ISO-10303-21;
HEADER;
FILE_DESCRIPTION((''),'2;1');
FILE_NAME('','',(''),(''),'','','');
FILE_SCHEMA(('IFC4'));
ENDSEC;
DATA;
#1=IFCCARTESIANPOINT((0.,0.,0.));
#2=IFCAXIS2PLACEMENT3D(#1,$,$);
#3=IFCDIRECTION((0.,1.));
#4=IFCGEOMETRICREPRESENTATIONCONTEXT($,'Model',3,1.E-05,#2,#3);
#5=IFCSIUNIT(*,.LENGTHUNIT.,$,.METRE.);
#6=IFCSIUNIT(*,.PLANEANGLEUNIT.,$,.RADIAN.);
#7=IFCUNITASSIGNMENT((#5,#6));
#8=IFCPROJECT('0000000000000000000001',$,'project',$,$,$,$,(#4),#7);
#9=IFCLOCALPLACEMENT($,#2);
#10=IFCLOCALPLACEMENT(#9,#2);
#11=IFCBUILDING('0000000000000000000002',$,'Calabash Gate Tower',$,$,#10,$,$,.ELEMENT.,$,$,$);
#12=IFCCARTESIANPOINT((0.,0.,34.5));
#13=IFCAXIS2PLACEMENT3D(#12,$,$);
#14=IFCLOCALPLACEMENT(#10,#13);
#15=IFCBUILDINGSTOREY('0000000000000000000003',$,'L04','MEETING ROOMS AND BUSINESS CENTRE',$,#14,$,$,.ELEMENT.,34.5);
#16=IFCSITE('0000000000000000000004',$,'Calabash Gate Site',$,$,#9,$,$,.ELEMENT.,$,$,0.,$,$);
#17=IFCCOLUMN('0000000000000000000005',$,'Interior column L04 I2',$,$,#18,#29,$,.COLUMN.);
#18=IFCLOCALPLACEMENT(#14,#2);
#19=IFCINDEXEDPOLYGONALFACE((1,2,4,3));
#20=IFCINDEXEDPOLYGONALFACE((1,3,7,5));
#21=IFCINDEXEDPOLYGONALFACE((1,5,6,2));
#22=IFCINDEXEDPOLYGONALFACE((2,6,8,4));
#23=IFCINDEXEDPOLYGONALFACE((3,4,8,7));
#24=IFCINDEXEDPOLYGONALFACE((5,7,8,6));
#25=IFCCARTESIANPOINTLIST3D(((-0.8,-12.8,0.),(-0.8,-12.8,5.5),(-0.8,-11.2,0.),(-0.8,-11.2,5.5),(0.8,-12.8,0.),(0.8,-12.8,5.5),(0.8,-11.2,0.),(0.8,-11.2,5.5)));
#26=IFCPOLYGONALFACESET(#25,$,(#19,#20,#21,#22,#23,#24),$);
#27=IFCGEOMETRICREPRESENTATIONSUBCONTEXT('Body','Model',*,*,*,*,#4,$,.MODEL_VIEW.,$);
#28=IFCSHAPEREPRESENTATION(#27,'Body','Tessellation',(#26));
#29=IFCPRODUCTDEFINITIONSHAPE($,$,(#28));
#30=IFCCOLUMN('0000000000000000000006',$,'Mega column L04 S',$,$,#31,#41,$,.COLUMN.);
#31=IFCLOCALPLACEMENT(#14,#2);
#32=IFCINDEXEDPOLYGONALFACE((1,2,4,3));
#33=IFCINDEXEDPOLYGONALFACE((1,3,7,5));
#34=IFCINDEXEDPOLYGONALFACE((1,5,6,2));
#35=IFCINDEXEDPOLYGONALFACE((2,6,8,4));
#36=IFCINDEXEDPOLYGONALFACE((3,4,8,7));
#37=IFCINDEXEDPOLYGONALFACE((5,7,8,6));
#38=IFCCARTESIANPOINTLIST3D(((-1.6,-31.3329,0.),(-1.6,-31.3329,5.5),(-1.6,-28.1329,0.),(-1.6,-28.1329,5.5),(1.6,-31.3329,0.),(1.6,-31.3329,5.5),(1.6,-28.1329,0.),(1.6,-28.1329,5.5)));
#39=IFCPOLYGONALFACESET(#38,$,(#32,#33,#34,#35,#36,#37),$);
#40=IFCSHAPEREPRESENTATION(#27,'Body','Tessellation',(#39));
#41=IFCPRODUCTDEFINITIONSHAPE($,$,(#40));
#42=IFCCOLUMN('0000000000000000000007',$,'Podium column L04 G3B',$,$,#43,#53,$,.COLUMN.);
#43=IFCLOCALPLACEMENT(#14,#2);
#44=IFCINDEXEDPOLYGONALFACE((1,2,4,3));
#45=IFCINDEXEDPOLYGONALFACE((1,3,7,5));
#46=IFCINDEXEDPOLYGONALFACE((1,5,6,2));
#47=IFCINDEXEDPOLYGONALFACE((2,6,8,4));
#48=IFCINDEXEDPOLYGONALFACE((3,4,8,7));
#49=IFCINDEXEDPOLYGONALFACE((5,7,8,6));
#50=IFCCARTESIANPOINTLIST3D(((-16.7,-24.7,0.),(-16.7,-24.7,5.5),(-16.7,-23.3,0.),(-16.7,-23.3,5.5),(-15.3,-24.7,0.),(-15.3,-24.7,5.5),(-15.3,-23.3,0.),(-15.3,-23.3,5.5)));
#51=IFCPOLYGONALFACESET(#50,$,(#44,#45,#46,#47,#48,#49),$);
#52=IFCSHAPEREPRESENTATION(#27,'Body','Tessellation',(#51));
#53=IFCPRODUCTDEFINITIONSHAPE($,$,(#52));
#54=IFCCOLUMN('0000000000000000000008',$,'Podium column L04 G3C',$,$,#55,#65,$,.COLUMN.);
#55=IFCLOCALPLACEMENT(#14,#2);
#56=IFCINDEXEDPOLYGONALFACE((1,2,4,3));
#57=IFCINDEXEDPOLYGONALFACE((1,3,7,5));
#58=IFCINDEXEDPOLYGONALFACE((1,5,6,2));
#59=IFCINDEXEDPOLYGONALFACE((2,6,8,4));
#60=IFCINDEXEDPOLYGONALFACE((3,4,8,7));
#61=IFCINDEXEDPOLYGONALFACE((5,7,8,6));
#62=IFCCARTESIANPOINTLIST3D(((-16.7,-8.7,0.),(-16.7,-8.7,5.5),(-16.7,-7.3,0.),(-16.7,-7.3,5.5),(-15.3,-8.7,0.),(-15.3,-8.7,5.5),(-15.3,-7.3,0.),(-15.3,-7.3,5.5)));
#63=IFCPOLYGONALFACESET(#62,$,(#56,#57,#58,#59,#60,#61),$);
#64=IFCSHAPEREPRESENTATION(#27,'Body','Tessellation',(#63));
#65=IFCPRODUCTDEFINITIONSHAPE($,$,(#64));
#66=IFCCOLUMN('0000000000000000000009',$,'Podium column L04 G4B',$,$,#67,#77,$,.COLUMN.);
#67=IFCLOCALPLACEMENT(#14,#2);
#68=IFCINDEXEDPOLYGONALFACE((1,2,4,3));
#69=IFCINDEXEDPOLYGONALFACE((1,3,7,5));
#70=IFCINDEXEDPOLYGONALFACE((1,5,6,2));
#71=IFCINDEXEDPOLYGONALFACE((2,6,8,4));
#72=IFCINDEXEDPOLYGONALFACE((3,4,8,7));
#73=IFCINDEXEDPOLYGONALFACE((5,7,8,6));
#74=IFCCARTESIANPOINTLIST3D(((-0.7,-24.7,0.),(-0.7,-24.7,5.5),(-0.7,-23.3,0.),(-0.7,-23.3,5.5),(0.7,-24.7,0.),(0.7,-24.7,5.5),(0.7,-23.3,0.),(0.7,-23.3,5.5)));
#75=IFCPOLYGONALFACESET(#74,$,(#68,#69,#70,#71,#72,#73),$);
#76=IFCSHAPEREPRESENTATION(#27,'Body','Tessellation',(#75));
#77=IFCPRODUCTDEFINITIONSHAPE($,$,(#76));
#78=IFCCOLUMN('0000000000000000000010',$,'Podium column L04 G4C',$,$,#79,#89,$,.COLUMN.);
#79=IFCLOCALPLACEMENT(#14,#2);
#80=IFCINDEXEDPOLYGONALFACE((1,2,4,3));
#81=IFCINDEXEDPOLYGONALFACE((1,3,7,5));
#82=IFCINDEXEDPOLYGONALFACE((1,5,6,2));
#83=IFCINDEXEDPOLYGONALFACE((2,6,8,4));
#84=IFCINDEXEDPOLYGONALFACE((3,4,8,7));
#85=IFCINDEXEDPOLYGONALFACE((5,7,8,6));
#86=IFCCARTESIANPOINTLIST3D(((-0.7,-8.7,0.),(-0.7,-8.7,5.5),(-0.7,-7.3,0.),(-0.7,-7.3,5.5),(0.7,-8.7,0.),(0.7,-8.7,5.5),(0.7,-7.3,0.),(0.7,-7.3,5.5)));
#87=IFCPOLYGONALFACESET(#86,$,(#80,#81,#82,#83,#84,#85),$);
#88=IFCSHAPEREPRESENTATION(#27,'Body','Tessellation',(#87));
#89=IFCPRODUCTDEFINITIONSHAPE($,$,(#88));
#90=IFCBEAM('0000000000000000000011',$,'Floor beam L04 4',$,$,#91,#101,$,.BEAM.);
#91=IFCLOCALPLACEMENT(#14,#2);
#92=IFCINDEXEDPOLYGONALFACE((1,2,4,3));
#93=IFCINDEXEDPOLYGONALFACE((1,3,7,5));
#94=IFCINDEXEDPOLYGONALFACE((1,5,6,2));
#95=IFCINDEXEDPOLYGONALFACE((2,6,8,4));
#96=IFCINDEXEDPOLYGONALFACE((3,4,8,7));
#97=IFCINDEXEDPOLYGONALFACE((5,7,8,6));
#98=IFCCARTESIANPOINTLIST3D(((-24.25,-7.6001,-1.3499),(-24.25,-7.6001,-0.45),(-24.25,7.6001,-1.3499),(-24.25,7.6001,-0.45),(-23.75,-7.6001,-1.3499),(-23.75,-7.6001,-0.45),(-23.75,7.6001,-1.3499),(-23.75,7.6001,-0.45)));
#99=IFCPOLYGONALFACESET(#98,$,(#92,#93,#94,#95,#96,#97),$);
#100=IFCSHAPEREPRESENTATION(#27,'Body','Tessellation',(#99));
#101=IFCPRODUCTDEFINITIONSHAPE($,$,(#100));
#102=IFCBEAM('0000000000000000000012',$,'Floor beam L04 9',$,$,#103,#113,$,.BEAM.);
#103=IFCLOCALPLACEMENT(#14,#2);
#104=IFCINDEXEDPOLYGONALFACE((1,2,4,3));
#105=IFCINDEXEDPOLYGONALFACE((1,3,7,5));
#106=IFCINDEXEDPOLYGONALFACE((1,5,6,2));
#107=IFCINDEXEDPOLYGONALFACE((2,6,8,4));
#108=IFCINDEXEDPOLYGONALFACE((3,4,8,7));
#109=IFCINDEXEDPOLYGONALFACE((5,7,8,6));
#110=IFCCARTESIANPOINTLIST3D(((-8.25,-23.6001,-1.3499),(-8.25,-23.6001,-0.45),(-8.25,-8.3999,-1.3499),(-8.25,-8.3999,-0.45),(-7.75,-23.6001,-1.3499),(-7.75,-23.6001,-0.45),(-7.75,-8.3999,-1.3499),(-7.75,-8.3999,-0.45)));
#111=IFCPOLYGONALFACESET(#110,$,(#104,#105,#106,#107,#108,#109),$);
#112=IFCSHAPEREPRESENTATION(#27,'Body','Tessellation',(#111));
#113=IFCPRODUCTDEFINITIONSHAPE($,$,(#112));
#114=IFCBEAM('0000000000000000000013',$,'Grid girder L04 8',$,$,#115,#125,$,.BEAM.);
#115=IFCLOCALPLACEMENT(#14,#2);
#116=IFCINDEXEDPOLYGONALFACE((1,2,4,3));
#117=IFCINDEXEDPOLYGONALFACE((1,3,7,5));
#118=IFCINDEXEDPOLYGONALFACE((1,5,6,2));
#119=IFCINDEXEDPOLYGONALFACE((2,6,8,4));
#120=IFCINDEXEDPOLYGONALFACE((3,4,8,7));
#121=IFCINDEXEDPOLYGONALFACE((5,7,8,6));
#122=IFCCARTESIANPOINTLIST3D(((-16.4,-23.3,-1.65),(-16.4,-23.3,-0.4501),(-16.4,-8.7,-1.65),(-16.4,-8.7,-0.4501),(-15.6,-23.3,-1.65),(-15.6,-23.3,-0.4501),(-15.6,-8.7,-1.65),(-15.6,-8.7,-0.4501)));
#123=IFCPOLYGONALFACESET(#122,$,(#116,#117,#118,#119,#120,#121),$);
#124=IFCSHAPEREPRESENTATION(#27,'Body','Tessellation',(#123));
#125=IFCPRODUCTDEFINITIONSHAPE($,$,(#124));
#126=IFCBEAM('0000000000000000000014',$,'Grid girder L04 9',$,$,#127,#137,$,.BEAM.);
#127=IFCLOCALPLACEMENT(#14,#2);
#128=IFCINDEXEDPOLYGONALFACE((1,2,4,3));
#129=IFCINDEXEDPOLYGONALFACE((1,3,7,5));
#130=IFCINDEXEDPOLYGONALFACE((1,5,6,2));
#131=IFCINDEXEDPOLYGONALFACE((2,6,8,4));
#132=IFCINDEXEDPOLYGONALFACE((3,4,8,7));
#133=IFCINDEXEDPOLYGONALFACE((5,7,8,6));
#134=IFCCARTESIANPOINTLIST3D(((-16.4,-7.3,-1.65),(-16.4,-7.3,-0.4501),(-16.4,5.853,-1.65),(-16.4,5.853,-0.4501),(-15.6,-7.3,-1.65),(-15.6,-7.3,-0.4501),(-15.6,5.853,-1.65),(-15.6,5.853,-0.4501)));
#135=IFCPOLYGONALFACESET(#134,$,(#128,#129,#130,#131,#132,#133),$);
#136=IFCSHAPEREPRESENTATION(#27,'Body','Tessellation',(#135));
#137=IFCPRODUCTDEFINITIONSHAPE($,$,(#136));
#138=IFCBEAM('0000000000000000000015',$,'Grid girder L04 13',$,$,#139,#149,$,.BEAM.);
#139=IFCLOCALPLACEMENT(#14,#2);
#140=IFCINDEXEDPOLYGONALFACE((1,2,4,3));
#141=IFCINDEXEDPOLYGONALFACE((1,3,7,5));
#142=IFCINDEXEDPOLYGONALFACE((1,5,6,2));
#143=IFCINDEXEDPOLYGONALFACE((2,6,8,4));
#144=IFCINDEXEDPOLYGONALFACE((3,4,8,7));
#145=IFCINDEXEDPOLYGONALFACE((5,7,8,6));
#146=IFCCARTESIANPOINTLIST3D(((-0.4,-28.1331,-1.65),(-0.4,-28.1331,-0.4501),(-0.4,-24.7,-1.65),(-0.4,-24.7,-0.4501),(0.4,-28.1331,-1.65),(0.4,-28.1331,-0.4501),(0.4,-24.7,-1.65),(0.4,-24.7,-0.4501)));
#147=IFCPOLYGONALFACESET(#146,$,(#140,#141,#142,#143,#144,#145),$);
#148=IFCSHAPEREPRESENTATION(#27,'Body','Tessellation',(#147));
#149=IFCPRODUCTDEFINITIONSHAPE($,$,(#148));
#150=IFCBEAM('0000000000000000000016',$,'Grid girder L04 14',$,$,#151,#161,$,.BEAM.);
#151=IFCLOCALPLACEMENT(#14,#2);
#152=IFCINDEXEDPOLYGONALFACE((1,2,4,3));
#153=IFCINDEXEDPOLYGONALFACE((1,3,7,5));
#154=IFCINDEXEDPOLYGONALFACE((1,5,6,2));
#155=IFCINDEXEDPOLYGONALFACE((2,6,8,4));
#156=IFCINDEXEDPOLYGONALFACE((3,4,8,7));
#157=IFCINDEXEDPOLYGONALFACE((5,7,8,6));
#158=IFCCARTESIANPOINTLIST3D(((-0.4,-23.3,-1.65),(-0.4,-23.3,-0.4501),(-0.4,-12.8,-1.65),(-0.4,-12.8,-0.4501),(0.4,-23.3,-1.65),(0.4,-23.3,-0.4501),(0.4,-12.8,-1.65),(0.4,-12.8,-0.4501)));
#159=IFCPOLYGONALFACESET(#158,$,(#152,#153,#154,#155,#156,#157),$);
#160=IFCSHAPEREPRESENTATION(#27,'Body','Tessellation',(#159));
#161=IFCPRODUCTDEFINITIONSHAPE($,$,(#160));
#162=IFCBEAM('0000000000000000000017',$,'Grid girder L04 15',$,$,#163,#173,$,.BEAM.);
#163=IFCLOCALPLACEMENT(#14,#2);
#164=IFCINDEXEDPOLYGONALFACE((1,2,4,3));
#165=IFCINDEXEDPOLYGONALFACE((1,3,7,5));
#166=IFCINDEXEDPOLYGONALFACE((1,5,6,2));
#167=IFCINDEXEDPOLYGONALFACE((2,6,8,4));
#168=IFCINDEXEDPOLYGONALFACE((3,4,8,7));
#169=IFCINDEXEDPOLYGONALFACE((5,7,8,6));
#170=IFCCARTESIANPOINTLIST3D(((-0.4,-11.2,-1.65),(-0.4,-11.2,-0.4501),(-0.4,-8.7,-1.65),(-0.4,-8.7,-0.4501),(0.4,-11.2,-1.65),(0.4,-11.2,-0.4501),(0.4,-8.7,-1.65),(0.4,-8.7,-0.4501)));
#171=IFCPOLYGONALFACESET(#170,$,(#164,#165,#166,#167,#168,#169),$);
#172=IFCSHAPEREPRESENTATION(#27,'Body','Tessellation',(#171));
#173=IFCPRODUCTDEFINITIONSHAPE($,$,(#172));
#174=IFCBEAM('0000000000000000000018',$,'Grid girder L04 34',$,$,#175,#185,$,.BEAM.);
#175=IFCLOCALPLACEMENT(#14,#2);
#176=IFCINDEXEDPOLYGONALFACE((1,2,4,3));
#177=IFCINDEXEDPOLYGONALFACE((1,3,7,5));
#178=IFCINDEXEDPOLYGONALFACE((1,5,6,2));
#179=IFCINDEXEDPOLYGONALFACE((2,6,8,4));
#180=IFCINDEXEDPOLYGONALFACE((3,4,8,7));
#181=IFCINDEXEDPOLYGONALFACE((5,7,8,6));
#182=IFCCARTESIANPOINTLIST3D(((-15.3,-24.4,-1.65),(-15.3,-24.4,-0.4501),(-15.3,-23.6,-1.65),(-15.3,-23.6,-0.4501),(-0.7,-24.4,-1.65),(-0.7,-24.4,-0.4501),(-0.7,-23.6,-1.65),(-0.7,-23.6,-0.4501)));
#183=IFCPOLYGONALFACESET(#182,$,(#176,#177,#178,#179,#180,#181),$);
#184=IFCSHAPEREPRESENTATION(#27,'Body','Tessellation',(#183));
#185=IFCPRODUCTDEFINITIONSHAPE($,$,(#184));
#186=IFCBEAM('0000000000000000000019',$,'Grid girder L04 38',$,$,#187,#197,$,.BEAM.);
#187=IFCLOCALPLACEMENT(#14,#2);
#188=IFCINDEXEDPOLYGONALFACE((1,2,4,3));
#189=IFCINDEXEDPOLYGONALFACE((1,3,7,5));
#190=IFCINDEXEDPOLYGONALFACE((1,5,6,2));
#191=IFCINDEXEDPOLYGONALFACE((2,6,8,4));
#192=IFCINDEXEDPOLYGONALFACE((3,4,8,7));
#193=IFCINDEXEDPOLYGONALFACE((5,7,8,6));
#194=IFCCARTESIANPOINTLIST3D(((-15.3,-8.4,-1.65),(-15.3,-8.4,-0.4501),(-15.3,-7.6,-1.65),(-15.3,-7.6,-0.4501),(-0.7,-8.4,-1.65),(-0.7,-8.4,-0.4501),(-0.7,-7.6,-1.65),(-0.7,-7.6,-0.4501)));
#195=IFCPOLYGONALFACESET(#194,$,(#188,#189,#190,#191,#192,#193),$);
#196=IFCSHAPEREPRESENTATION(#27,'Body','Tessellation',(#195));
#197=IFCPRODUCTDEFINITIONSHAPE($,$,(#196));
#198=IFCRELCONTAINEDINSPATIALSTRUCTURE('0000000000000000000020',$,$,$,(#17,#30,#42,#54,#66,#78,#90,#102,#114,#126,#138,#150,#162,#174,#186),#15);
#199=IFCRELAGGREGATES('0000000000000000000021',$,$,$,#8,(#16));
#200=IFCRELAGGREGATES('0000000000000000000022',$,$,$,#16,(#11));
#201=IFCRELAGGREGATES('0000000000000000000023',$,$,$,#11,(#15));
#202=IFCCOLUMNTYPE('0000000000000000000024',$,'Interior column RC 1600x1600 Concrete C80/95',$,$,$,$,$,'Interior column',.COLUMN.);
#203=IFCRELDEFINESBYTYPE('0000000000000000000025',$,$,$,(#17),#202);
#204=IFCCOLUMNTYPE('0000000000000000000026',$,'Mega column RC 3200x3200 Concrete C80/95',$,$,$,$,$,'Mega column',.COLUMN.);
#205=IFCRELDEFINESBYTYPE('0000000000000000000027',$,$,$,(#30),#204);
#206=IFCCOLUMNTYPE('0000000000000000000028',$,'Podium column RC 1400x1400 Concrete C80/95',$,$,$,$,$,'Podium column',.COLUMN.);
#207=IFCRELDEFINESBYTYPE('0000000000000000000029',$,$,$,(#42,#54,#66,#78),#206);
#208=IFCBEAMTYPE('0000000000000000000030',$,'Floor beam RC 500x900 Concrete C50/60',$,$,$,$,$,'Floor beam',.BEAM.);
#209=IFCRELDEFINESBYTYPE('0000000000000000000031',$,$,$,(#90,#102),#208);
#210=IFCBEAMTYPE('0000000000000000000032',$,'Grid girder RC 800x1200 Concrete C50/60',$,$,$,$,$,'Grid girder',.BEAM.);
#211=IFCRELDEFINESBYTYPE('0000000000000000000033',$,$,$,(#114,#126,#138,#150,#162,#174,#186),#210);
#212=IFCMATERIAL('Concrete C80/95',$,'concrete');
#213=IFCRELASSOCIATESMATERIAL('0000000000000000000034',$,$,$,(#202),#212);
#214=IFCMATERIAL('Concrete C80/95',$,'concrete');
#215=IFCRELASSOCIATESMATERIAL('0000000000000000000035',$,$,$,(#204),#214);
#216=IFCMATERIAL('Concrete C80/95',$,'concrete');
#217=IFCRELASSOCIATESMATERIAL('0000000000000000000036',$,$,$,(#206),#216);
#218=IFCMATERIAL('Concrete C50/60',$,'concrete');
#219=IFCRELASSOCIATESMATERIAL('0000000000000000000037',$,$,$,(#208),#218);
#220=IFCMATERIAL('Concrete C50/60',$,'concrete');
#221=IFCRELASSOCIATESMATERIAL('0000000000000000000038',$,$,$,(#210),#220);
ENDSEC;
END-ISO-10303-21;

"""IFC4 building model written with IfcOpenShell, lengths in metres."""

from ifc_helpers import new_model, si_unit, direction, frame, origin, origin_2d, place, context, subcontext, project, spatial, rectangle, extrude, material, material_profile, profile_set, type_object, element, save


model = new_model("IFC4")

# Units and contexts
model_context = context("Model", 3, precision=1e-05, world=origin(), true_north=direction((0.0, 1.0)))
body_context = subcontext(model_context, "Body", "Model", "MODEL_VIEW")
ifc_project = project(units=[si_unit("LENGTHUNIT", "METRE"), si_unit("PLANEANGLEUNIT", "RADIAN")], contexts=[model_context])

# Site, building, storey
site_placement = place(None, origin())
site = spatial("IfcSite", under=ifc_project, at=site_placement, Name="Calabash Gate Site", CompositionType="ELEMENT", RefElevation=0.0)
building_placement = place(site_placement, origin())
building = spatial("IfcBuilding", under=site, at=building_placement, Name="Calabash Gate Tower", CompositionType="ELEMENT")
storey_placement = place(building_placement, frame((0.0, 0.0, 34.5)))
storey = spatial("IfcBuildingStorey", under=building, at=storey_placement, Name="L04", Description="MEETING ROOMS AND BUSINESS CENTRE", CompositionType="ELEMENT", Elevation=34.5)

# Columns
ifc_material_1 = material(Name="Concrete C80/95", Category="concrete")
ifc_material_profile_1 = material_profile(ifc_material_1, rectangle(XDim=1.6001, YDim=1.6001, at=origin_2d()))
ifc_profile_set_1 = profile_set([ifc_material_profile_1], Name="Concrete C80/95")
column_type_1 = type_object("IfcColumnType", Name="Interior column RC 1600x1600 Concrete C80/95", ElementType="Interior column", PredefinedType="COLUMN", material=ifc_profile_set_1)
column_1_placement = place(storey_placement, frame((0.0, -12.0, 0.0), z_axis=(0.0, 0.0, 1.0), x_axis=(1.0, 0.0, 0.0)))
element("IfcColumn", 1, at=column_1_placement, inside=storey, type_object=column_type_1, Name="Interior column L04 I2", PredefinedType="COLUMN", context=body_context, shape_type="SweptSolid", body=[
    extrude(rectangle(XDim=1.6001, YDim=1.6001, at=origin_2d()), origin(), (0.0, 0.0, 1.0), 5.5),
])
ifc_material_2 = material(Name="Concrete C80/95", Category="concrete")
ifc_material_profile_2 = material_profile(ifc_material_2, rectangle(XDim=3.2, YDim=3.2, at=origin_2d()))
ifc_profile_set_2 = profile_set([ifc_material_profile_2], Name="Concrete C80/95")
column_type_2 = type_object("IfcColumnType", Name="Mega column RC 3200x3200 Concrete C80/95", ElementType="Mega column", PredefinedType="COLUMN", material=ifc_profile_set_2)
column_2_placement = place(storey_placement, frame((0.0, -29.7329, 0.0), z_axis=(0.0, 0.0, 1.0), x_axis=(0.0, 1.0, 0.0)))
element("IfcColumn", 2, at=column_2_placement, inside=storey, type_object=column_type_2, Name="Mega column L04 S", PredefinedType="COLUMN", context=body_context, shape_type="SweptSolid", body=[
    extrude(rectangle(XDim=3.2, YDim=3.2, at=origin_2d()), origin(), (0.0, 0.0, 1.0), 5.5),
])
ifc_material_3 = material(Name="Concrete C80/95", Category="concrete")
ifc_material_profile_3 = material_profile(ifc_material_3, rectangle(XDim=1.3999, YDim=1.3999, at=origin_2d()))
ifc_profile_set_3 = profile_set([ifc_material_profile_3], Name="Concrete C80/95")
column_type_3 = type_object("IfcColumnType", Name="Podium column RC 1400x1400 Concrete C80/95", ElementType="Podium column", PredefinedType="COLUMN", material=ifc_profile_set_3)
for number, where, z_axis, x_axis, name in (
    (3, (-16.0, -24.0, 0.0), (0.0, 0.0, 1.0), (1.0, 0.0, 0.0), "Podium column L04 G3B"),
    (4, (-16.0, -8.0, 0.0), (0.0, 0.0, 1.0), (1.0, 0.0, 0.0), "Podium column L04 G3C"),
    (5, (0.0, -24.0, 0.0), (0.0, 0.0, 1.0), (1.0, 0.0, 0.0), "Podium column L04 G4B"),
    (6, (0.0, -8.0, 0.0), (0.0, 0.0, 1.0), (1.0, 0.0, 0.0), "Podium column L04 G4C"),
):
    element("IfcColumn", number, at=place(storey_placement, frame(where, z_axis=z_axis, x_axis=x_axis)), inside=storey, type_object=column_type_3, Name=name, PredefinedType="COLUMN", context=body_context, shape_type="SweptSolid", body=[
        extrude(rectangle(XDim=1.3999, YDim=1.3999, at=origin_2d()), origin(), (0.0, 0.0, 1.0), 5.5),
    ])

# Beams
ifc_material_4 = material(Name="Concrete C50/60", Category="concrete")
ifc_material_profile_4 = material_profile(ifc_material_4, rectangle(XDim=0.5, YDim=0.8999, at=origin_2d()))
ifc_profile_set_4 = profile_set([ifc_material_profile_4], Name="Concrete C50/60")
beam_type_1 = type_object("IfcBeamType", Name="Floor beam RC 500x900 Concrete C50/60", ElementType="Floor beam", PredefinedType="BEAM", material=ifc_profile_set_4)
for number, where, z_axis, x_axis, name in (
    (7, (-24.0, -7.6001, -0.8999), (0.0, 1.0, 0.0), (-1.0, 0.0, 0.0), "Floor beam L04 4"),
    (8, (-8.0, -23.6001, -0.8999), (0.0, 1.0, 0.0), (-1.0, 0.0, 0.0), "Floor beam L04 9"),
):
    element("IfcBeam", number, at=place(storey_placement, frame(where, z_axis=z_axis, x_axis=x_axis)), inside=storey, type_object=beam_type_1, Name=name, PredefinedType="BEAM", context=body_context, shape_type="SweptSolid", body=[
        extrude(rectangle(XDim=0.5, YDim=0.8999, at=origin_2d()), origin(), (0.0, 0.0, 1.0), 15.2002),
    ])
ifc_material_5 = material(Name="Concrete C50/60", Category="concrete")
ifc_material_profile_5 = material_profile(ifc_material_5, rectangle(XDim=0.8, YDim=1.2, at=origin_2d()))
ifc_profile_set_5 = profile_set([ifc_material_profile_5], Name="Concrete C50/60")
beam_type_2 = type_object("IfcBeamType", Name="Grid girder RC 800x1200 Concrete C50/60", ElementType="Grid girder", PredefinedType="BEAM", material=ifc_profile_set_5)
beam_1_placement = place(storey_placement, frame((-16.0, -23.3, -1.05), z_axis=(0.0, 1.0, 0.0), x_axis=(-1.0, 0.0, 0.0)))
element("IfcBeam", 9, at=beam_1_placement, inside=storey, type_object=beam_type_2, Name="Grid girder L04 8", PredefinedType="BEAM", context=body_context, shape_type="SweptSolid", body=[
    extrude(rectangle(XDim=0.8, YDim=1.2, at=origin_2d()), origin(), (0.0, 0.0, 1.0), 14.6001),
])
beam_2_placement = place(storey_placement, frame((-16.0, -7.3, -1.05), z_axis=(0.0, 1.0, 0.0), x_axis=(-1.0, 0.0, 0.0)))
element("IfcBeam", 10, at=beam_2_placement, inside=storey, type_object=beam_type_2, Name="Grid girder L04 9", PredefinedType="BEAM", context=body_context, shape_type="SweptSolid", body=[
    extrude(rectangle(XDim=0.8, YDim=1.2, at=origin_2d()), origin(), (0.0, 0.0, 1.0), 13.1531),
])
beam_3_placement = place(storey_placement, frame((0.0, -28.1331, -1.05), z_axis=(0.0, 1.0, 0.0), x_axis=(-1.0, 0.0, 0.0)))
element("IfcBeam", 11, at=beam_3_placement, inside=storey, type_object=beam_type_2, Name="Grid girder L04 13", PredefinedType="BEAM", context=body_context, shape_type="SweptSolid", body=[
    extrude(rectangle(XDim=0.8, YDim=1.2, at=origin_2d()), origin(), (0.0, 0.0, 1.0), 3.4331),
])
beam_4_placement = place(storey_placement, frame((0.0, -23.3, -1.05), z_axis=(0.0, 1.0, 0.0), x_axis=(-1.0, 0.0, 0.0)))
element("IfcBeam", 12, at=beam_4_placement, inside=storey, type_object=beam_type_2, Name="Grid girder L04 14", PredefinedType="BEAM", context=body_context, shape_type="SweptSolid", body=[
    extrude(rectangle(XDim=0.8, YDim=1.2, at=origin_2d()), origin(), (0.0, 0.0, 1.0), 10.5),
])
beam_5_placement = place(storey_placement, frame((0.0, -11.2, -1.05), z_axis=(0.0, 1.0, 0.0), x_axis=(-1.0, 0.0, 0.0)))
element("IfcBeam", 13, at=beam_5_placement, inside=storey, type_object=beam_type_2, Name="Grid girder L04 15", PredefinedType="BEAM", context=body_context, shape_type="SweptSolid", body=[
    extrude(rectangle(XDim=0.8, YDim=1.2, at=origin_2d()), origin(), (0.0, 0.0, 1.0), 2.5),
])
for number, where, z_axis, x_axis, name in (
    (14, (-15.3, -24.0, -1.05), (1.0, 0.0, 0.0), (0.0, 1.0, 0.0), "Grid girder L04 34"),
    (15, (-15.3, -8.0, -1.05), (1.0, 0.0, 0.0), (0.0, 1.0, 0.0), "Grid girder L04 38"),
):
    element("IfcBeam", number, at=place(storey_placement, frame(where, z_axis=z_axis, x_axis=x_axis)), inside=storey, type_object=beam_type_2, Name=name, PredefinedType="BEAM", context=body_context, shape_type="SweptSolid", body=[
        extrude(rectangle(XDim=0.8, YDim=1.2, at=origin_2d()), origin(), (0.0, 0.0, 1.0), 14.6001),
    ])

save(model, "model.ifc")
